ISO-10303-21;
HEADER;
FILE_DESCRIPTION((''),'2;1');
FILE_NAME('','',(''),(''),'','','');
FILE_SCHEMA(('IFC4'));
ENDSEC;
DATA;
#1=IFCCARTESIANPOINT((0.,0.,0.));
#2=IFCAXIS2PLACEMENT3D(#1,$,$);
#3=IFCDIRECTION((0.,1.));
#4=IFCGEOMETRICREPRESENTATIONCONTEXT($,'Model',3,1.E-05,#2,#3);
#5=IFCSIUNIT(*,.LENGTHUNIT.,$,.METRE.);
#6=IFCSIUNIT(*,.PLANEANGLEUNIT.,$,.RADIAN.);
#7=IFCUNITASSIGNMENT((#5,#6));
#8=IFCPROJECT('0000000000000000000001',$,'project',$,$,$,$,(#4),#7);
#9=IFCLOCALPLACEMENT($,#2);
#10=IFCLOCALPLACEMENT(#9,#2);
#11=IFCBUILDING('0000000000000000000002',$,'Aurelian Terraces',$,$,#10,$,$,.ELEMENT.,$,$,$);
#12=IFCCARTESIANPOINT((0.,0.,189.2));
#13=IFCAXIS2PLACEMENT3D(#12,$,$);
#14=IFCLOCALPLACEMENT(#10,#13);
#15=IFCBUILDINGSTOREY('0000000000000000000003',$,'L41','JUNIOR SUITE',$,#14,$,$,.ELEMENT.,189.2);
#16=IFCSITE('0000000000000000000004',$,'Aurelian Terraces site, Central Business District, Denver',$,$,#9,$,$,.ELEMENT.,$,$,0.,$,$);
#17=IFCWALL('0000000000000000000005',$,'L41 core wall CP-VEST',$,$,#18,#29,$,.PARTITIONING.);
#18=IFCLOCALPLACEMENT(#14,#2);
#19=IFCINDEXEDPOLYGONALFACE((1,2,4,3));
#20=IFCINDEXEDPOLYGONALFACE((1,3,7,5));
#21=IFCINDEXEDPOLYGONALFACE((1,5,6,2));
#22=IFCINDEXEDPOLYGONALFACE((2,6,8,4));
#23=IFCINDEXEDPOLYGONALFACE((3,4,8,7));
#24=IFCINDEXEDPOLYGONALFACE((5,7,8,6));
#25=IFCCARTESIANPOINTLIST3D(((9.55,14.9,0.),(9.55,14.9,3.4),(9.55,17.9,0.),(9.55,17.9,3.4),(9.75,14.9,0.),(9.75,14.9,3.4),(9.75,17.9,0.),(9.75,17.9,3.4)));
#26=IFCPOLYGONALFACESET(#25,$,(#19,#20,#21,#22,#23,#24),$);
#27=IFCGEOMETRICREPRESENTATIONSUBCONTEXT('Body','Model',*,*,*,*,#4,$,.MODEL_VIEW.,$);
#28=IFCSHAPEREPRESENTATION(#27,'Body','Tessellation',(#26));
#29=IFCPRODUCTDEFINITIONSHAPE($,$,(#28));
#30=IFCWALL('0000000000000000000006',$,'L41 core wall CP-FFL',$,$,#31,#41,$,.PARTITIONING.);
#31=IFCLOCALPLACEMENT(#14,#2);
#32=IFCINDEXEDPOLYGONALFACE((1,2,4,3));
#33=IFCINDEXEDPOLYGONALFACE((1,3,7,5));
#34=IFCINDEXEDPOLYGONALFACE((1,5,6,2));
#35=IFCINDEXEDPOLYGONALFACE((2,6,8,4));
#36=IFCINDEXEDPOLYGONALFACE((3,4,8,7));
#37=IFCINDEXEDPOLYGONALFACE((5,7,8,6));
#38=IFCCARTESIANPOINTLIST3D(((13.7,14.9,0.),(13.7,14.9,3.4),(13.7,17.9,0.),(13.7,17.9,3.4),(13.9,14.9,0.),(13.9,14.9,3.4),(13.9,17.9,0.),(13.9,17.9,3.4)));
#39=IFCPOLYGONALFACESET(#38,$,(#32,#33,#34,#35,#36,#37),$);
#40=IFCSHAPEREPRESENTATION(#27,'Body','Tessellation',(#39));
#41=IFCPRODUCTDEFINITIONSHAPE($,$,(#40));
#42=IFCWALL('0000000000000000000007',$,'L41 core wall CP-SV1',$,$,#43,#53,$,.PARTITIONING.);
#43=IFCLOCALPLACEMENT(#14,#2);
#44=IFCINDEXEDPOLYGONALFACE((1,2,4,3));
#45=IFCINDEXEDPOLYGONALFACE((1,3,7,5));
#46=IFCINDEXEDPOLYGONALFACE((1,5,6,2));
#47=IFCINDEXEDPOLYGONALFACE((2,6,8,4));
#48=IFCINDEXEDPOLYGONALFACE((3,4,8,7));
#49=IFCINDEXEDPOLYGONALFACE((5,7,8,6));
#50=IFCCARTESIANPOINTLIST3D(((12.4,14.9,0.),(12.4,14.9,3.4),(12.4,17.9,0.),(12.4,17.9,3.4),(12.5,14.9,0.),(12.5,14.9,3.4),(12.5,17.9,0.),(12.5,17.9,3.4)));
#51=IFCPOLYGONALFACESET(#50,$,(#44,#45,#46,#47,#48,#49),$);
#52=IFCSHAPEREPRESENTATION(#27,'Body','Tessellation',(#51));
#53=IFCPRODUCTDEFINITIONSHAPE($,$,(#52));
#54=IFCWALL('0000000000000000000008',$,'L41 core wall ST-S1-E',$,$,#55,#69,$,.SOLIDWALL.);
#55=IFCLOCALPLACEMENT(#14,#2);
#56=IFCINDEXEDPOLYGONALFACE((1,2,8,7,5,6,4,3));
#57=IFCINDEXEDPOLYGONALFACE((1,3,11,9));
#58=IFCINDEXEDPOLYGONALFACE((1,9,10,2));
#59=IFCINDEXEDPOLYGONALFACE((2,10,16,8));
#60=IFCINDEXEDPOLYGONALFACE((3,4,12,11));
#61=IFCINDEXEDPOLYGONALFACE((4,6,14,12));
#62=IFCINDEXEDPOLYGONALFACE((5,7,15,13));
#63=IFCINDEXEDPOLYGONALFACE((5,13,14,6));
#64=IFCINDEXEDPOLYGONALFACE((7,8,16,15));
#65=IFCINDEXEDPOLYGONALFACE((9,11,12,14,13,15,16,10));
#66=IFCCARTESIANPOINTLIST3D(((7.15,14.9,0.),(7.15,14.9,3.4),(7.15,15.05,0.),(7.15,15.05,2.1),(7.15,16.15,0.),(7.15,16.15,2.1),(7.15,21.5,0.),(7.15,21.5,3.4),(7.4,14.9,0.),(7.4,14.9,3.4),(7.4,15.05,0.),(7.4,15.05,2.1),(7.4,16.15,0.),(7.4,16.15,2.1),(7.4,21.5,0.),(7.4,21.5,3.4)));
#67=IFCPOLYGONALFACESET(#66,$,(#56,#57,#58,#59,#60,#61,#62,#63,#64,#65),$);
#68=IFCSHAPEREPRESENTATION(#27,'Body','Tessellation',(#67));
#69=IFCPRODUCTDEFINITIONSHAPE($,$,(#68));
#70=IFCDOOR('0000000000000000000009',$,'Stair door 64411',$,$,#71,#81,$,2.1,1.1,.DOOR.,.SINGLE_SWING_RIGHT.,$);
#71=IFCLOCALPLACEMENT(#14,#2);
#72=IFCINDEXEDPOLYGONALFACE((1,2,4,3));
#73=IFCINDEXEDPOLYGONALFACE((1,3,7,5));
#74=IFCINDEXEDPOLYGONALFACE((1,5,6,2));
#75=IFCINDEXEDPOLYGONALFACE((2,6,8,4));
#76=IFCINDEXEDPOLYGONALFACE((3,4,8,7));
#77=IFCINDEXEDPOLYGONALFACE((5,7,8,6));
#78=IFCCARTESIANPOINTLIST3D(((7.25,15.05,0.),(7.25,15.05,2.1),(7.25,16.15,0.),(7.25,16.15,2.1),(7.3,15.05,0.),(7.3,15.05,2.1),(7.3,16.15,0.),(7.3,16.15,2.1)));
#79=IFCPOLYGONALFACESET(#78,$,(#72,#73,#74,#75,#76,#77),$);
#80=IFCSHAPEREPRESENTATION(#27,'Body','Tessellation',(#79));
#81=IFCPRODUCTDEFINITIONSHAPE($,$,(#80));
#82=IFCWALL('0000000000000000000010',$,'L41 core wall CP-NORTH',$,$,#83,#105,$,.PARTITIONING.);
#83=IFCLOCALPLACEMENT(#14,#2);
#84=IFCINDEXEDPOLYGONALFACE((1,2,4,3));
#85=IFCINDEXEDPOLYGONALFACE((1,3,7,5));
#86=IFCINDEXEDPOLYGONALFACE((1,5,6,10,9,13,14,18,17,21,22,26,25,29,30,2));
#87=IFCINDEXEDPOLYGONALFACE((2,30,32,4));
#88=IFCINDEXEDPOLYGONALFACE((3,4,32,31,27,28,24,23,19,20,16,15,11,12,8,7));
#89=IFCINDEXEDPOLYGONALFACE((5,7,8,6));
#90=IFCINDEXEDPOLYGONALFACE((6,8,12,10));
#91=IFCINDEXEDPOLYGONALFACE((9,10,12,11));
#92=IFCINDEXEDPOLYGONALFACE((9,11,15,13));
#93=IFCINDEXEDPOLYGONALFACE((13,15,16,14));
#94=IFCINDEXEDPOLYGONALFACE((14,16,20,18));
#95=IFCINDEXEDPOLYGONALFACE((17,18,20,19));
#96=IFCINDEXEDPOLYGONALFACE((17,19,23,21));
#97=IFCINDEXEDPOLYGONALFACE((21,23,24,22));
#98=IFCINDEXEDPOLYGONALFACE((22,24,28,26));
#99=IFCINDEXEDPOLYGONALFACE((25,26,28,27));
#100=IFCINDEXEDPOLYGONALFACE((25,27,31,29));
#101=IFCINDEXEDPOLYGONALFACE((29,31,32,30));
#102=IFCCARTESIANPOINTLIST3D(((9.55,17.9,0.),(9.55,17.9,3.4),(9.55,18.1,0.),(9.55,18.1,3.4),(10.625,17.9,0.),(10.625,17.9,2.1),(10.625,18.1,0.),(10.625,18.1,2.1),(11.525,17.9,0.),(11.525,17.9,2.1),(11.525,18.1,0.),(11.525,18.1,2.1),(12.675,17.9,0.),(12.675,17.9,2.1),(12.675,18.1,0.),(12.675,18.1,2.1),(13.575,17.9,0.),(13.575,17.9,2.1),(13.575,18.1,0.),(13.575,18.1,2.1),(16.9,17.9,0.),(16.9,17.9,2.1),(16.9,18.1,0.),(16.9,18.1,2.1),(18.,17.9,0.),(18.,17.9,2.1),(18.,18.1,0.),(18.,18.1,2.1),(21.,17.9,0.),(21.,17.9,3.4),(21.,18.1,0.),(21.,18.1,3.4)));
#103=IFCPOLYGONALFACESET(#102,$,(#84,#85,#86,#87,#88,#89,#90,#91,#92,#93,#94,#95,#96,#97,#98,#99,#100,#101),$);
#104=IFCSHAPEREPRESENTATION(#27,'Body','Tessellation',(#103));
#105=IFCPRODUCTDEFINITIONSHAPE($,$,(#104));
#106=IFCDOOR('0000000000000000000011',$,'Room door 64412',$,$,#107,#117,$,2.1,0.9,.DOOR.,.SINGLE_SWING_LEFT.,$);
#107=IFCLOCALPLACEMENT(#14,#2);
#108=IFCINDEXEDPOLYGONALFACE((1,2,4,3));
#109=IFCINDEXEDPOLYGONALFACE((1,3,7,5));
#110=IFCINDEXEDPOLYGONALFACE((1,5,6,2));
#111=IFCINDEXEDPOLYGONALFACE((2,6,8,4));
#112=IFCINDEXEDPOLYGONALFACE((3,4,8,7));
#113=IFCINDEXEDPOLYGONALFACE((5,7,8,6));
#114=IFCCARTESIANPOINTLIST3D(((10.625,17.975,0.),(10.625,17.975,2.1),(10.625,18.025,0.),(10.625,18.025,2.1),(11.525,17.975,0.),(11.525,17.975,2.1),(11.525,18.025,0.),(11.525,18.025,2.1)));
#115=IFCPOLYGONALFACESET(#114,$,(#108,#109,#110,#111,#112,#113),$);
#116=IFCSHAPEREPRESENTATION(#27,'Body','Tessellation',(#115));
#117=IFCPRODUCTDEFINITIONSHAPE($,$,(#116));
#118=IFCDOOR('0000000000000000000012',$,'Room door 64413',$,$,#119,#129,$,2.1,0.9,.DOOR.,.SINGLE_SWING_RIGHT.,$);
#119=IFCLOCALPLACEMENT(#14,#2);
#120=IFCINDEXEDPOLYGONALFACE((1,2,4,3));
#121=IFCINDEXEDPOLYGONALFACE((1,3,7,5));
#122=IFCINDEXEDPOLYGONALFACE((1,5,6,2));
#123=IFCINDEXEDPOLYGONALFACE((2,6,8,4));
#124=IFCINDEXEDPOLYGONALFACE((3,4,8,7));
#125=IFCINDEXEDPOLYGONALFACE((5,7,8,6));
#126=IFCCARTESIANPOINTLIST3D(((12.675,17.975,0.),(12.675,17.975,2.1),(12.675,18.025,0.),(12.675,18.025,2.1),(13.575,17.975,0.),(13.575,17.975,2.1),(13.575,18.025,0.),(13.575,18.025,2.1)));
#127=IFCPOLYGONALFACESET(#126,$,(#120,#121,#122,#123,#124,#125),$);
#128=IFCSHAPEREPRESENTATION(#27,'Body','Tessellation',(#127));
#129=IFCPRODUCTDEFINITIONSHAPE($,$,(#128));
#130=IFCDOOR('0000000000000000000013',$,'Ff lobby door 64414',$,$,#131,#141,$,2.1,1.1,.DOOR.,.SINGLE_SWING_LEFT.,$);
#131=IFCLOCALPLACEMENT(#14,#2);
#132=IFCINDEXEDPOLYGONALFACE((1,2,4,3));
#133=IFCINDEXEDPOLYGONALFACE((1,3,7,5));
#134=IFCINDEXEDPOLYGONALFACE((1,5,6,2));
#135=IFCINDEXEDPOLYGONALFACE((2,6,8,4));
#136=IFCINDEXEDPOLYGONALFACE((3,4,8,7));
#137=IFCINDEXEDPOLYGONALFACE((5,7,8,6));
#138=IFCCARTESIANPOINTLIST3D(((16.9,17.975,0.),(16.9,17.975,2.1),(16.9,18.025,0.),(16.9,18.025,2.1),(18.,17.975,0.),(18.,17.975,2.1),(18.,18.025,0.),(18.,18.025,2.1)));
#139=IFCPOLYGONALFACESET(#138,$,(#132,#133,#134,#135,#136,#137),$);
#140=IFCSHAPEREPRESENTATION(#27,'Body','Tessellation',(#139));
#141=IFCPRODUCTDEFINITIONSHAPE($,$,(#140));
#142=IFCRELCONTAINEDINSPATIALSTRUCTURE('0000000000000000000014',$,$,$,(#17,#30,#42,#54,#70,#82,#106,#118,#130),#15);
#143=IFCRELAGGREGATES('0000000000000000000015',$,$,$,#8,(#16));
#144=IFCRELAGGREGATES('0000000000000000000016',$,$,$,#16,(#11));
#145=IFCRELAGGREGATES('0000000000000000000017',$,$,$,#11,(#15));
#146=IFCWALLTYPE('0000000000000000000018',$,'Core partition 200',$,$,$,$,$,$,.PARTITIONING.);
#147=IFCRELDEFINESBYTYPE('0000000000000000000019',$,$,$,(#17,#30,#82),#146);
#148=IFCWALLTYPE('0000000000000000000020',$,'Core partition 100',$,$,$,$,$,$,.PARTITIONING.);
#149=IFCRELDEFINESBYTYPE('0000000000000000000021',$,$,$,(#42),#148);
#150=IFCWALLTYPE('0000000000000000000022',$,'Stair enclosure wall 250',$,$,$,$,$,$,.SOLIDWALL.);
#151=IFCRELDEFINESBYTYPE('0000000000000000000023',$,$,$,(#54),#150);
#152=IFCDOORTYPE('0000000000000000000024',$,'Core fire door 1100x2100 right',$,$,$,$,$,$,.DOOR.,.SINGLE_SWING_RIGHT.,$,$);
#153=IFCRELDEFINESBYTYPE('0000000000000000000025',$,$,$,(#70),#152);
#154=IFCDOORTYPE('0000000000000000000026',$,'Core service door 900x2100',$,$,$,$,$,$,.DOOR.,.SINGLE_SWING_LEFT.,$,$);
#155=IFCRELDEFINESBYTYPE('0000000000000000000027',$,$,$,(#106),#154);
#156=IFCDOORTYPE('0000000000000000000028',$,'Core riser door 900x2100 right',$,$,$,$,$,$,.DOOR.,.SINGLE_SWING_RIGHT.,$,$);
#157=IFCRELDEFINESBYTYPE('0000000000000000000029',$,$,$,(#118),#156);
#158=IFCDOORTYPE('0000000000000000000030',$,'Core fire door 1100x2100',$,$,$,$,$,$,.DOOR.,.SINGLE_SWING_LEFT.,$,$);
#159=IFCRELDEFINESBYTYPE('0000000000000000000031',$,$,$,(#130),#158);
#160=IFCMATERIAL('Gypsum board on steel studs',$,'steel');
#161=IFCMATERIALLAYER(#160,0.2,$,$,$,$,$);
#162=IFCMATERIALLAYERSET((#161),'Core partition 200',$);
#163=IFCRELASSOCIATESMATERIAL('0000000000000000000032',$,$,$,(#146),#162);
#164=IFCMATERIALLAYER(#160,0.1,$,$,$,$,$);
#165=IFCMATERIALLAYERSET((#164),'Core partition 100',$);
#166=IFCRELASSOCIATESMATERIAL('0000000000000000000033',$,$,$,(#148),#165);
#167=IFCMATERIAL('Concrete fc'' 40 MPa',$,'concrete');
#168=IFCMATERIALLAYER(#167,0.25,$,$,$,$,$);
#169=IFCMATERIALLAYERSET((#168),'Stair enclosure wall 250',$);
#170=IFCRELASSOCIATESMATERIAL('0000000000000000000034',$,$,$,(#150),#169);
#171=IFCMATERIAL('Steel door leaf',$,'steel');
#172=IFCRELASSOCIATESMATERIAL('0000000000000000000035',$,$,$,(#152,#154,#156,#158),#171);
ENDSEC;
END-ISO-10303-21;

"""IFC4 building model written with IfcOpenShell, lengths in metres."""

from ifc_helpers import new_model, si_unit, direction, frame, frame_2d, origin, place, context, subcontext, project, spatial, rectangle, extrude, source, transform, mapped, material, layer, layer_set, type_object, element, fill, save


model = new_model("IFC4")

# Units and contexts
model_context = context("Model", 3, precision=1e-05, world=origin(), true_north=direction((0.0, 1.0)))
body_context = subcontext(model_context, "Body", "Model", "MODEL_VIEW")
ifc_project = project(units=[si_unit("LENGTHUNIT", "METRE"), si_unit("PLANEANGLEUNIT", "RADIAN")], contexts=[model_context])

# Site, building, storey
site_placement = place(None, origin())
site = spatial("IfcSite", under=ifc_project, at=site_placement, Name="Aurelian Terraces site, Central Business District, Denver", CompositionType="ELEMENT", RefElevation=0.0)
building_placement = place(site_placement, origin())
building = spatial("IfcBuilding", under=site, at=building_placement, Name="Aurelian Terraces", CompositionType="ELEMENT")
storey_placement = place(building_placement, frame((0.0, 0.0, 189.2)))
storey = spatial("IfcBuildingStorey", under=building, at=storey_placement, Name="L41", Description="JUNIOR SUITE", CompositionType="ELEMENT", Elevation=189.2)

# Shared definitions
ifc_material_1 = material(Name="Concrete fc' 40 MPa", Category="concrete")

# Shared definitions
shared_shape_1 = source(origin(), body_context, "Body", "SweptSolid", [
    extrude(rectangle(XDim=1.1, YDim=2.1, at=frame_2d((0.55, 1.05))), frame((0.0, 0.11, 0.0), z_axis=(0.0, -1.0, 0.0), x_axis=(1.0, 0.0, 0.0)), (0.0, 0.0, 1.0), 0.22),
])
shared_shape_2 = source(origin(), body_context, "Body", "SweptSolid", [
    extrude(rectangle(XDim=1.1, YDim=2.1, at=frame_2d((0.55, 1.05))), frame((0.0, 0.025, 0.0), z_axis=(0.0, -1.0, 0.0), x_axis=(1.0, 0.0, 0.0)), (0.0, 0.0, 1.0), 0.05),
])

# Shared definitions
shared_shape_3 = source(origin(), body_context, "Body", "SweptSolid", [
    extrude(rectangle(XDim=0.9, YDim=2.1, at=frame_2d((0.45, 1.05))), frame((0.0, 0.11, 0.0), z_axis=(0.0, -1.0, 0.0), x_axis=(1.0, 0.0, 0.0)), (0.0, 0.0, 1.0), 0.22),
])
ifc_material_2 = material(Name="Steel door leaf", Category="steel")
shared_shape_4 = source(origin(), body_context, "Body", "SweptSolid", [
    extrude(rectangle(XDim=0.9, YDim=2.1, at=frame_2d((0.45, 1.05))), frame((0.0, 0.025, 0.0), z_axis=(0.0, -1.0, 0.0), x_axis=(1.0, 0.0, 0.0)), (0.0, 0.0, 1.0), 0.05),
])

# Walls
ifc_material_3 = material(Name="Gypsum board on steel studs", Category="steel")
ifc_layer_1 = layer(ifc_material_3, 0.2)
ifc_layer_set_1 = layer_set([ifc_layer_1], Name="Core partition 200")
wall_type_1 = type_object("IfcWallType", Name="Core partition 200", PredefinedType="PARTITIONING", material=ifc_layer_set_1)
shared_shape_5 = source(origin(), body_context, "Body", "SweptSolid", [
    extrude(rectangle(XDim=3.0, YDim=0.2, at=frame_2d((1.5, 0.0))), origin(), (0.0, 0.0, 1.0), 3.4),
])
for number, where, z_axis, x_axis, name in (
    (1, (9.65, 14.9, 0.0), (0.0, 0.0, 1.0), (0.0, 1.0, 0.0), "L41 core wall CP-VEST"),
    (2, (13.8, 14.9, 0.0), (0.0, 0.0, 1.0), (0.0, 1.0, 0.0), "L41 core wall CP-FFL"),
):
    element("IfcWall", number, at=place(storey_placement, frame(where, z_axis=z_axis, x_axis=x_axis)), inside=storey, type_object=wall_type_1, Name=name, PredefinedType="PARTITIONING", context=body_context, shape_type="MappedRepresentation", body=[
        mapped(shared_shape_5, transform((0.0, 0.0, 0.0), scale=1.0)),
    ])
ifc_layer_2 = layer(ifc_material_3, 0.1)
ifc_layer_set_2 = layer_set([ifc_layer_2], Name="Core partition 100")
wall_type_2 = type_object("IfcWallType", Name="Core partition 100", PredefinedType="PARTITIONING", material=ifc_layer_set_2)
shared_shape_6 = source(origin(), body_context, "Body", "SweptSolid", [
    extrude(rectangle(XDim=3.0, YDim=0.1, at=frame_2d((1.5, 0.0))), origin(), (0.0, 0.0, 1.0), 3.4),
])
wall_1_placement = place(storey_placement, frame((12.45, 14.9, 0.0), z_axis=(0.0, 0.0, 1.0), x_axis=(0.0, 1.0, 0.0)))
element("IfcWall", 3, at=wall_1_placement, inside=storey, type_object=wall_type_2, Name="L41 core wall CP-SV1", PredefinedType="PARTITIONING", context=body_context, shape_type="MappedRepresentation", body=[
    mapped(shared_shape_6, transform((0.0, 0.0, 0.0), scale=1.0)),
])

# Wall, opening, door
ifc_layer_3 = layer(ifc_material_1, 0.25)
ifc_layer_set_3 = layer_set([ifc_layer_3], Name="Stair enclosure wall 250")
wall_type_3 = type_object("IfcWallType", Name="Stair enclosure wall 250", PredefinedType="SOLIDWALL", material=ifc_layer_set_3)
shared_shape_7 = source(origin(), body_context, "Body", "SweptSolid", [
    extrude(rectangle(XDim=6.6, YDim=0.25, at=frame_2d((3.3, 0.0))), origin(), (0.0, 0.0, 1.0), 3.4),
])
wall_2_placement = place(storey_placement, frame((7.275, 14.9, 0.0), z_axis=(0.0, 0.0, 1.0), x_axis=(0.0, 1.0, 0.0)))
wall_2 = element("IfcWall", 4, at=wall_2_placement, inside=storey, type_object=wall_type_3, Name="L41 core wall ST-S1-E", PredefinedType="SOLIDWALL", context=body_context, shape_type="MappedRepresentation", body=[
    mapped(shared_shape_7, transform((0.0, 0.0, 0.0), scale=1.0)),
])
shared_shape_8 = source(origin(), body_context, "Body", "SweptSolid", [
    extrude(rectangle(XDim=1.1, YDim=2.1, at=frame_2d((0.55, 1.05))), frame((0.0, 0.135, 0.0), z_axis=(0.0, -1.0, 0.0), x_axis=(1.0, 0.0, 0.0)), (0.0, 0.0, 1.0), 0.27),
])
opening_1_placement = place(wall_2_placement, frame((0.15, 0.0, 0.0)))
opening_1 = element("IfcOpeningElement", 5, at=opening_1_placement, cuts=wall_2, PredefinedType="OPENING", context=body_context, shape_type="MappedRepresentation", body=[
    mapped(shared_shape_8, transform((0.0, 0.0, 0.0), scale=1.0)),
])
door_type_1 = type_object("IfcDoorType", Name="Core fire door 1100x2100 right", OperationType="SINGLE_SWING_RIGHT", PredefinedType="DOOR", material=ifc_material_2)
door_1_placement = place(opening_1_placement, origin())
door_1 = element("IfcDoor", 6, at=door_1_placement, inside=storey, type_object=door_type_1, Name="Stair door 64411", OperationType="SINGLE_SWING_RIGHT", OverallHeight=2.1, OverallWidth=1.1, PredefinedType="DOOR", context=body_context, shape_type="MappedRepresentation", body=[
    mapped(shared_shape_2, transform((0.0, 0.0, 0.0), scale=1.0)),
])
fill(opening_1, door_1)

# Wall, openings, doors
shared_shape_9 = source(origin(), body_context, "Body", "SweptSolid", [
    extrude(rectangle(XDim=11.45, YDim=0.2, at=frame_2d((5.725, 0.0))), origin(), (0.0, 0.0, 1.0), 3.4),
])
wall_3_placement = place(storey_placement, frame((9.55, 18.0, 0.0), z_axis=(0.0, 0.0, 1.0), x_axis=(1.0, 0.0, 0.0)))
wall_3 = element("IfcWall", 7, at=wall_3_placement, inside=storey, type_object=wall_type_1, Name="L41 core wall CP-NORTH", PredefinedType="PARTITIONING", context=body_context, shape_type="MappedRepresentation", body=[
    mapped(shared_shape_9, transform((0.0, 0.0, 0.0), scale=1.0)),
])
opening_2_placement = place(wall_3_placement, frame((1.075, 0.0, 0.0)))
opening_2 = element("IfcOpeningElement", 8, at=opening_2_placement, cuts=wall_3, PredefinedType="OPENING", context=body_context, shape_type="MappedRepresentation", body=[
    mapped(shared_shape_3, transform((0.0, 0.0, 0.0), scale=1.0)),
])
opening_3_placement = place(wall_3_placement, frame((3.125, 0.0, 0.0)))
opening_3 = element("IfcOpeningElement", 9, at=opening_3_placement, cuts=wall_3, PredefinedType="OPENING", context=body_context, shape_type="MappedRepresentation", body=[
    mapped(shared_shape_3, transform((0.0, 0.0, 0.0), scale=1.0)),
])
opening_4_placement = place(wall_3_placement, frame((7.35, 0.0, 0.0)))
opening_4 = element("IfcOpeningElement", 10, at=opening_4_placement, cuts=wall_3, PredefinedType="OPENING", context=body_context, shape_type="MappedRepresentation", body=[
    mapped(shared_shape_1, transform((0.0, 0.0, 0.0), scale=1.0)),
])
door_type_2 = type_object("IfcDoorType", Name="Core service door 900x2100", OperationType="SINGLE_SWING_LEFT", PredefinedType="DOOR", material=ifc_material_2)
door_2_placement = place(opening_2_placement, origin())
door_2 = element("IfcDoor", 11, at=door_2_placement, inside=storey, type_object=door_type_2, Name="Room door 64412", OperationType="SINGLE_SWING_LEFT", OverallHeight=2.1, OverallWidth=0.9, PredefinedType="DOOR", context=body_context, shape_type="MappedRepresentation", body=[
    mapped(shared_shape_4, transform((0.0, 0.0, 0.0), scale=1.0)),
])
fill(opening_2, door_2)
door_type_3 = type_object("IfcDoorType", Name="Core riser door 900x2100 right", OperationType="SINGLE_SWING_RIGHT", PredefinedType="DOOR", material=ifc_material_2)
door_3_placement = place(opening_3_placement, origin())
door_3 = element("IfcDoor", 12, at=door_3_placement, inside=storey, type_object=door_type_3, Name="Room door 64413", OperationType="SINGLE_SWING_RIGHT", OverallHeight=2.1, OverallWidth=0.9, PredefinedType="DOOR", context=body_context, shape_type="MappedRepresentation", body=[
    mapped(shared_shape_4, transform((0.0, 0.0, 0.0), scale=1.0)),
])
fill(opening_3, door_3)
door_type_4 = type_object("IfcDoorType", Name="Core fire door 1100x2100", OperationType="SINGLE_SWING_LEFT", PredefinedType="DOOR", material=ifc_material_2)
door_4_placement = place(opening_4_placement, origin())
door_4 = element("IfcDoor", 13, at=door_4_placement, inside=storey, type_object=door_type_4, Name="Ff lobby door 64414", OperationType="SINGLE_SWING_LEFT", OverallHeight=2.1, OverallWidth=1.1, PredefinedType="DOOR", context=body_context, shape_type="MappedRepresentation", body=[
    mapped(shared_shape_2, transform((0.0, 0.0, 0.0), scale=1.0)),
])
fill(opening_4, door_4)

save(model, "model.ifc")
